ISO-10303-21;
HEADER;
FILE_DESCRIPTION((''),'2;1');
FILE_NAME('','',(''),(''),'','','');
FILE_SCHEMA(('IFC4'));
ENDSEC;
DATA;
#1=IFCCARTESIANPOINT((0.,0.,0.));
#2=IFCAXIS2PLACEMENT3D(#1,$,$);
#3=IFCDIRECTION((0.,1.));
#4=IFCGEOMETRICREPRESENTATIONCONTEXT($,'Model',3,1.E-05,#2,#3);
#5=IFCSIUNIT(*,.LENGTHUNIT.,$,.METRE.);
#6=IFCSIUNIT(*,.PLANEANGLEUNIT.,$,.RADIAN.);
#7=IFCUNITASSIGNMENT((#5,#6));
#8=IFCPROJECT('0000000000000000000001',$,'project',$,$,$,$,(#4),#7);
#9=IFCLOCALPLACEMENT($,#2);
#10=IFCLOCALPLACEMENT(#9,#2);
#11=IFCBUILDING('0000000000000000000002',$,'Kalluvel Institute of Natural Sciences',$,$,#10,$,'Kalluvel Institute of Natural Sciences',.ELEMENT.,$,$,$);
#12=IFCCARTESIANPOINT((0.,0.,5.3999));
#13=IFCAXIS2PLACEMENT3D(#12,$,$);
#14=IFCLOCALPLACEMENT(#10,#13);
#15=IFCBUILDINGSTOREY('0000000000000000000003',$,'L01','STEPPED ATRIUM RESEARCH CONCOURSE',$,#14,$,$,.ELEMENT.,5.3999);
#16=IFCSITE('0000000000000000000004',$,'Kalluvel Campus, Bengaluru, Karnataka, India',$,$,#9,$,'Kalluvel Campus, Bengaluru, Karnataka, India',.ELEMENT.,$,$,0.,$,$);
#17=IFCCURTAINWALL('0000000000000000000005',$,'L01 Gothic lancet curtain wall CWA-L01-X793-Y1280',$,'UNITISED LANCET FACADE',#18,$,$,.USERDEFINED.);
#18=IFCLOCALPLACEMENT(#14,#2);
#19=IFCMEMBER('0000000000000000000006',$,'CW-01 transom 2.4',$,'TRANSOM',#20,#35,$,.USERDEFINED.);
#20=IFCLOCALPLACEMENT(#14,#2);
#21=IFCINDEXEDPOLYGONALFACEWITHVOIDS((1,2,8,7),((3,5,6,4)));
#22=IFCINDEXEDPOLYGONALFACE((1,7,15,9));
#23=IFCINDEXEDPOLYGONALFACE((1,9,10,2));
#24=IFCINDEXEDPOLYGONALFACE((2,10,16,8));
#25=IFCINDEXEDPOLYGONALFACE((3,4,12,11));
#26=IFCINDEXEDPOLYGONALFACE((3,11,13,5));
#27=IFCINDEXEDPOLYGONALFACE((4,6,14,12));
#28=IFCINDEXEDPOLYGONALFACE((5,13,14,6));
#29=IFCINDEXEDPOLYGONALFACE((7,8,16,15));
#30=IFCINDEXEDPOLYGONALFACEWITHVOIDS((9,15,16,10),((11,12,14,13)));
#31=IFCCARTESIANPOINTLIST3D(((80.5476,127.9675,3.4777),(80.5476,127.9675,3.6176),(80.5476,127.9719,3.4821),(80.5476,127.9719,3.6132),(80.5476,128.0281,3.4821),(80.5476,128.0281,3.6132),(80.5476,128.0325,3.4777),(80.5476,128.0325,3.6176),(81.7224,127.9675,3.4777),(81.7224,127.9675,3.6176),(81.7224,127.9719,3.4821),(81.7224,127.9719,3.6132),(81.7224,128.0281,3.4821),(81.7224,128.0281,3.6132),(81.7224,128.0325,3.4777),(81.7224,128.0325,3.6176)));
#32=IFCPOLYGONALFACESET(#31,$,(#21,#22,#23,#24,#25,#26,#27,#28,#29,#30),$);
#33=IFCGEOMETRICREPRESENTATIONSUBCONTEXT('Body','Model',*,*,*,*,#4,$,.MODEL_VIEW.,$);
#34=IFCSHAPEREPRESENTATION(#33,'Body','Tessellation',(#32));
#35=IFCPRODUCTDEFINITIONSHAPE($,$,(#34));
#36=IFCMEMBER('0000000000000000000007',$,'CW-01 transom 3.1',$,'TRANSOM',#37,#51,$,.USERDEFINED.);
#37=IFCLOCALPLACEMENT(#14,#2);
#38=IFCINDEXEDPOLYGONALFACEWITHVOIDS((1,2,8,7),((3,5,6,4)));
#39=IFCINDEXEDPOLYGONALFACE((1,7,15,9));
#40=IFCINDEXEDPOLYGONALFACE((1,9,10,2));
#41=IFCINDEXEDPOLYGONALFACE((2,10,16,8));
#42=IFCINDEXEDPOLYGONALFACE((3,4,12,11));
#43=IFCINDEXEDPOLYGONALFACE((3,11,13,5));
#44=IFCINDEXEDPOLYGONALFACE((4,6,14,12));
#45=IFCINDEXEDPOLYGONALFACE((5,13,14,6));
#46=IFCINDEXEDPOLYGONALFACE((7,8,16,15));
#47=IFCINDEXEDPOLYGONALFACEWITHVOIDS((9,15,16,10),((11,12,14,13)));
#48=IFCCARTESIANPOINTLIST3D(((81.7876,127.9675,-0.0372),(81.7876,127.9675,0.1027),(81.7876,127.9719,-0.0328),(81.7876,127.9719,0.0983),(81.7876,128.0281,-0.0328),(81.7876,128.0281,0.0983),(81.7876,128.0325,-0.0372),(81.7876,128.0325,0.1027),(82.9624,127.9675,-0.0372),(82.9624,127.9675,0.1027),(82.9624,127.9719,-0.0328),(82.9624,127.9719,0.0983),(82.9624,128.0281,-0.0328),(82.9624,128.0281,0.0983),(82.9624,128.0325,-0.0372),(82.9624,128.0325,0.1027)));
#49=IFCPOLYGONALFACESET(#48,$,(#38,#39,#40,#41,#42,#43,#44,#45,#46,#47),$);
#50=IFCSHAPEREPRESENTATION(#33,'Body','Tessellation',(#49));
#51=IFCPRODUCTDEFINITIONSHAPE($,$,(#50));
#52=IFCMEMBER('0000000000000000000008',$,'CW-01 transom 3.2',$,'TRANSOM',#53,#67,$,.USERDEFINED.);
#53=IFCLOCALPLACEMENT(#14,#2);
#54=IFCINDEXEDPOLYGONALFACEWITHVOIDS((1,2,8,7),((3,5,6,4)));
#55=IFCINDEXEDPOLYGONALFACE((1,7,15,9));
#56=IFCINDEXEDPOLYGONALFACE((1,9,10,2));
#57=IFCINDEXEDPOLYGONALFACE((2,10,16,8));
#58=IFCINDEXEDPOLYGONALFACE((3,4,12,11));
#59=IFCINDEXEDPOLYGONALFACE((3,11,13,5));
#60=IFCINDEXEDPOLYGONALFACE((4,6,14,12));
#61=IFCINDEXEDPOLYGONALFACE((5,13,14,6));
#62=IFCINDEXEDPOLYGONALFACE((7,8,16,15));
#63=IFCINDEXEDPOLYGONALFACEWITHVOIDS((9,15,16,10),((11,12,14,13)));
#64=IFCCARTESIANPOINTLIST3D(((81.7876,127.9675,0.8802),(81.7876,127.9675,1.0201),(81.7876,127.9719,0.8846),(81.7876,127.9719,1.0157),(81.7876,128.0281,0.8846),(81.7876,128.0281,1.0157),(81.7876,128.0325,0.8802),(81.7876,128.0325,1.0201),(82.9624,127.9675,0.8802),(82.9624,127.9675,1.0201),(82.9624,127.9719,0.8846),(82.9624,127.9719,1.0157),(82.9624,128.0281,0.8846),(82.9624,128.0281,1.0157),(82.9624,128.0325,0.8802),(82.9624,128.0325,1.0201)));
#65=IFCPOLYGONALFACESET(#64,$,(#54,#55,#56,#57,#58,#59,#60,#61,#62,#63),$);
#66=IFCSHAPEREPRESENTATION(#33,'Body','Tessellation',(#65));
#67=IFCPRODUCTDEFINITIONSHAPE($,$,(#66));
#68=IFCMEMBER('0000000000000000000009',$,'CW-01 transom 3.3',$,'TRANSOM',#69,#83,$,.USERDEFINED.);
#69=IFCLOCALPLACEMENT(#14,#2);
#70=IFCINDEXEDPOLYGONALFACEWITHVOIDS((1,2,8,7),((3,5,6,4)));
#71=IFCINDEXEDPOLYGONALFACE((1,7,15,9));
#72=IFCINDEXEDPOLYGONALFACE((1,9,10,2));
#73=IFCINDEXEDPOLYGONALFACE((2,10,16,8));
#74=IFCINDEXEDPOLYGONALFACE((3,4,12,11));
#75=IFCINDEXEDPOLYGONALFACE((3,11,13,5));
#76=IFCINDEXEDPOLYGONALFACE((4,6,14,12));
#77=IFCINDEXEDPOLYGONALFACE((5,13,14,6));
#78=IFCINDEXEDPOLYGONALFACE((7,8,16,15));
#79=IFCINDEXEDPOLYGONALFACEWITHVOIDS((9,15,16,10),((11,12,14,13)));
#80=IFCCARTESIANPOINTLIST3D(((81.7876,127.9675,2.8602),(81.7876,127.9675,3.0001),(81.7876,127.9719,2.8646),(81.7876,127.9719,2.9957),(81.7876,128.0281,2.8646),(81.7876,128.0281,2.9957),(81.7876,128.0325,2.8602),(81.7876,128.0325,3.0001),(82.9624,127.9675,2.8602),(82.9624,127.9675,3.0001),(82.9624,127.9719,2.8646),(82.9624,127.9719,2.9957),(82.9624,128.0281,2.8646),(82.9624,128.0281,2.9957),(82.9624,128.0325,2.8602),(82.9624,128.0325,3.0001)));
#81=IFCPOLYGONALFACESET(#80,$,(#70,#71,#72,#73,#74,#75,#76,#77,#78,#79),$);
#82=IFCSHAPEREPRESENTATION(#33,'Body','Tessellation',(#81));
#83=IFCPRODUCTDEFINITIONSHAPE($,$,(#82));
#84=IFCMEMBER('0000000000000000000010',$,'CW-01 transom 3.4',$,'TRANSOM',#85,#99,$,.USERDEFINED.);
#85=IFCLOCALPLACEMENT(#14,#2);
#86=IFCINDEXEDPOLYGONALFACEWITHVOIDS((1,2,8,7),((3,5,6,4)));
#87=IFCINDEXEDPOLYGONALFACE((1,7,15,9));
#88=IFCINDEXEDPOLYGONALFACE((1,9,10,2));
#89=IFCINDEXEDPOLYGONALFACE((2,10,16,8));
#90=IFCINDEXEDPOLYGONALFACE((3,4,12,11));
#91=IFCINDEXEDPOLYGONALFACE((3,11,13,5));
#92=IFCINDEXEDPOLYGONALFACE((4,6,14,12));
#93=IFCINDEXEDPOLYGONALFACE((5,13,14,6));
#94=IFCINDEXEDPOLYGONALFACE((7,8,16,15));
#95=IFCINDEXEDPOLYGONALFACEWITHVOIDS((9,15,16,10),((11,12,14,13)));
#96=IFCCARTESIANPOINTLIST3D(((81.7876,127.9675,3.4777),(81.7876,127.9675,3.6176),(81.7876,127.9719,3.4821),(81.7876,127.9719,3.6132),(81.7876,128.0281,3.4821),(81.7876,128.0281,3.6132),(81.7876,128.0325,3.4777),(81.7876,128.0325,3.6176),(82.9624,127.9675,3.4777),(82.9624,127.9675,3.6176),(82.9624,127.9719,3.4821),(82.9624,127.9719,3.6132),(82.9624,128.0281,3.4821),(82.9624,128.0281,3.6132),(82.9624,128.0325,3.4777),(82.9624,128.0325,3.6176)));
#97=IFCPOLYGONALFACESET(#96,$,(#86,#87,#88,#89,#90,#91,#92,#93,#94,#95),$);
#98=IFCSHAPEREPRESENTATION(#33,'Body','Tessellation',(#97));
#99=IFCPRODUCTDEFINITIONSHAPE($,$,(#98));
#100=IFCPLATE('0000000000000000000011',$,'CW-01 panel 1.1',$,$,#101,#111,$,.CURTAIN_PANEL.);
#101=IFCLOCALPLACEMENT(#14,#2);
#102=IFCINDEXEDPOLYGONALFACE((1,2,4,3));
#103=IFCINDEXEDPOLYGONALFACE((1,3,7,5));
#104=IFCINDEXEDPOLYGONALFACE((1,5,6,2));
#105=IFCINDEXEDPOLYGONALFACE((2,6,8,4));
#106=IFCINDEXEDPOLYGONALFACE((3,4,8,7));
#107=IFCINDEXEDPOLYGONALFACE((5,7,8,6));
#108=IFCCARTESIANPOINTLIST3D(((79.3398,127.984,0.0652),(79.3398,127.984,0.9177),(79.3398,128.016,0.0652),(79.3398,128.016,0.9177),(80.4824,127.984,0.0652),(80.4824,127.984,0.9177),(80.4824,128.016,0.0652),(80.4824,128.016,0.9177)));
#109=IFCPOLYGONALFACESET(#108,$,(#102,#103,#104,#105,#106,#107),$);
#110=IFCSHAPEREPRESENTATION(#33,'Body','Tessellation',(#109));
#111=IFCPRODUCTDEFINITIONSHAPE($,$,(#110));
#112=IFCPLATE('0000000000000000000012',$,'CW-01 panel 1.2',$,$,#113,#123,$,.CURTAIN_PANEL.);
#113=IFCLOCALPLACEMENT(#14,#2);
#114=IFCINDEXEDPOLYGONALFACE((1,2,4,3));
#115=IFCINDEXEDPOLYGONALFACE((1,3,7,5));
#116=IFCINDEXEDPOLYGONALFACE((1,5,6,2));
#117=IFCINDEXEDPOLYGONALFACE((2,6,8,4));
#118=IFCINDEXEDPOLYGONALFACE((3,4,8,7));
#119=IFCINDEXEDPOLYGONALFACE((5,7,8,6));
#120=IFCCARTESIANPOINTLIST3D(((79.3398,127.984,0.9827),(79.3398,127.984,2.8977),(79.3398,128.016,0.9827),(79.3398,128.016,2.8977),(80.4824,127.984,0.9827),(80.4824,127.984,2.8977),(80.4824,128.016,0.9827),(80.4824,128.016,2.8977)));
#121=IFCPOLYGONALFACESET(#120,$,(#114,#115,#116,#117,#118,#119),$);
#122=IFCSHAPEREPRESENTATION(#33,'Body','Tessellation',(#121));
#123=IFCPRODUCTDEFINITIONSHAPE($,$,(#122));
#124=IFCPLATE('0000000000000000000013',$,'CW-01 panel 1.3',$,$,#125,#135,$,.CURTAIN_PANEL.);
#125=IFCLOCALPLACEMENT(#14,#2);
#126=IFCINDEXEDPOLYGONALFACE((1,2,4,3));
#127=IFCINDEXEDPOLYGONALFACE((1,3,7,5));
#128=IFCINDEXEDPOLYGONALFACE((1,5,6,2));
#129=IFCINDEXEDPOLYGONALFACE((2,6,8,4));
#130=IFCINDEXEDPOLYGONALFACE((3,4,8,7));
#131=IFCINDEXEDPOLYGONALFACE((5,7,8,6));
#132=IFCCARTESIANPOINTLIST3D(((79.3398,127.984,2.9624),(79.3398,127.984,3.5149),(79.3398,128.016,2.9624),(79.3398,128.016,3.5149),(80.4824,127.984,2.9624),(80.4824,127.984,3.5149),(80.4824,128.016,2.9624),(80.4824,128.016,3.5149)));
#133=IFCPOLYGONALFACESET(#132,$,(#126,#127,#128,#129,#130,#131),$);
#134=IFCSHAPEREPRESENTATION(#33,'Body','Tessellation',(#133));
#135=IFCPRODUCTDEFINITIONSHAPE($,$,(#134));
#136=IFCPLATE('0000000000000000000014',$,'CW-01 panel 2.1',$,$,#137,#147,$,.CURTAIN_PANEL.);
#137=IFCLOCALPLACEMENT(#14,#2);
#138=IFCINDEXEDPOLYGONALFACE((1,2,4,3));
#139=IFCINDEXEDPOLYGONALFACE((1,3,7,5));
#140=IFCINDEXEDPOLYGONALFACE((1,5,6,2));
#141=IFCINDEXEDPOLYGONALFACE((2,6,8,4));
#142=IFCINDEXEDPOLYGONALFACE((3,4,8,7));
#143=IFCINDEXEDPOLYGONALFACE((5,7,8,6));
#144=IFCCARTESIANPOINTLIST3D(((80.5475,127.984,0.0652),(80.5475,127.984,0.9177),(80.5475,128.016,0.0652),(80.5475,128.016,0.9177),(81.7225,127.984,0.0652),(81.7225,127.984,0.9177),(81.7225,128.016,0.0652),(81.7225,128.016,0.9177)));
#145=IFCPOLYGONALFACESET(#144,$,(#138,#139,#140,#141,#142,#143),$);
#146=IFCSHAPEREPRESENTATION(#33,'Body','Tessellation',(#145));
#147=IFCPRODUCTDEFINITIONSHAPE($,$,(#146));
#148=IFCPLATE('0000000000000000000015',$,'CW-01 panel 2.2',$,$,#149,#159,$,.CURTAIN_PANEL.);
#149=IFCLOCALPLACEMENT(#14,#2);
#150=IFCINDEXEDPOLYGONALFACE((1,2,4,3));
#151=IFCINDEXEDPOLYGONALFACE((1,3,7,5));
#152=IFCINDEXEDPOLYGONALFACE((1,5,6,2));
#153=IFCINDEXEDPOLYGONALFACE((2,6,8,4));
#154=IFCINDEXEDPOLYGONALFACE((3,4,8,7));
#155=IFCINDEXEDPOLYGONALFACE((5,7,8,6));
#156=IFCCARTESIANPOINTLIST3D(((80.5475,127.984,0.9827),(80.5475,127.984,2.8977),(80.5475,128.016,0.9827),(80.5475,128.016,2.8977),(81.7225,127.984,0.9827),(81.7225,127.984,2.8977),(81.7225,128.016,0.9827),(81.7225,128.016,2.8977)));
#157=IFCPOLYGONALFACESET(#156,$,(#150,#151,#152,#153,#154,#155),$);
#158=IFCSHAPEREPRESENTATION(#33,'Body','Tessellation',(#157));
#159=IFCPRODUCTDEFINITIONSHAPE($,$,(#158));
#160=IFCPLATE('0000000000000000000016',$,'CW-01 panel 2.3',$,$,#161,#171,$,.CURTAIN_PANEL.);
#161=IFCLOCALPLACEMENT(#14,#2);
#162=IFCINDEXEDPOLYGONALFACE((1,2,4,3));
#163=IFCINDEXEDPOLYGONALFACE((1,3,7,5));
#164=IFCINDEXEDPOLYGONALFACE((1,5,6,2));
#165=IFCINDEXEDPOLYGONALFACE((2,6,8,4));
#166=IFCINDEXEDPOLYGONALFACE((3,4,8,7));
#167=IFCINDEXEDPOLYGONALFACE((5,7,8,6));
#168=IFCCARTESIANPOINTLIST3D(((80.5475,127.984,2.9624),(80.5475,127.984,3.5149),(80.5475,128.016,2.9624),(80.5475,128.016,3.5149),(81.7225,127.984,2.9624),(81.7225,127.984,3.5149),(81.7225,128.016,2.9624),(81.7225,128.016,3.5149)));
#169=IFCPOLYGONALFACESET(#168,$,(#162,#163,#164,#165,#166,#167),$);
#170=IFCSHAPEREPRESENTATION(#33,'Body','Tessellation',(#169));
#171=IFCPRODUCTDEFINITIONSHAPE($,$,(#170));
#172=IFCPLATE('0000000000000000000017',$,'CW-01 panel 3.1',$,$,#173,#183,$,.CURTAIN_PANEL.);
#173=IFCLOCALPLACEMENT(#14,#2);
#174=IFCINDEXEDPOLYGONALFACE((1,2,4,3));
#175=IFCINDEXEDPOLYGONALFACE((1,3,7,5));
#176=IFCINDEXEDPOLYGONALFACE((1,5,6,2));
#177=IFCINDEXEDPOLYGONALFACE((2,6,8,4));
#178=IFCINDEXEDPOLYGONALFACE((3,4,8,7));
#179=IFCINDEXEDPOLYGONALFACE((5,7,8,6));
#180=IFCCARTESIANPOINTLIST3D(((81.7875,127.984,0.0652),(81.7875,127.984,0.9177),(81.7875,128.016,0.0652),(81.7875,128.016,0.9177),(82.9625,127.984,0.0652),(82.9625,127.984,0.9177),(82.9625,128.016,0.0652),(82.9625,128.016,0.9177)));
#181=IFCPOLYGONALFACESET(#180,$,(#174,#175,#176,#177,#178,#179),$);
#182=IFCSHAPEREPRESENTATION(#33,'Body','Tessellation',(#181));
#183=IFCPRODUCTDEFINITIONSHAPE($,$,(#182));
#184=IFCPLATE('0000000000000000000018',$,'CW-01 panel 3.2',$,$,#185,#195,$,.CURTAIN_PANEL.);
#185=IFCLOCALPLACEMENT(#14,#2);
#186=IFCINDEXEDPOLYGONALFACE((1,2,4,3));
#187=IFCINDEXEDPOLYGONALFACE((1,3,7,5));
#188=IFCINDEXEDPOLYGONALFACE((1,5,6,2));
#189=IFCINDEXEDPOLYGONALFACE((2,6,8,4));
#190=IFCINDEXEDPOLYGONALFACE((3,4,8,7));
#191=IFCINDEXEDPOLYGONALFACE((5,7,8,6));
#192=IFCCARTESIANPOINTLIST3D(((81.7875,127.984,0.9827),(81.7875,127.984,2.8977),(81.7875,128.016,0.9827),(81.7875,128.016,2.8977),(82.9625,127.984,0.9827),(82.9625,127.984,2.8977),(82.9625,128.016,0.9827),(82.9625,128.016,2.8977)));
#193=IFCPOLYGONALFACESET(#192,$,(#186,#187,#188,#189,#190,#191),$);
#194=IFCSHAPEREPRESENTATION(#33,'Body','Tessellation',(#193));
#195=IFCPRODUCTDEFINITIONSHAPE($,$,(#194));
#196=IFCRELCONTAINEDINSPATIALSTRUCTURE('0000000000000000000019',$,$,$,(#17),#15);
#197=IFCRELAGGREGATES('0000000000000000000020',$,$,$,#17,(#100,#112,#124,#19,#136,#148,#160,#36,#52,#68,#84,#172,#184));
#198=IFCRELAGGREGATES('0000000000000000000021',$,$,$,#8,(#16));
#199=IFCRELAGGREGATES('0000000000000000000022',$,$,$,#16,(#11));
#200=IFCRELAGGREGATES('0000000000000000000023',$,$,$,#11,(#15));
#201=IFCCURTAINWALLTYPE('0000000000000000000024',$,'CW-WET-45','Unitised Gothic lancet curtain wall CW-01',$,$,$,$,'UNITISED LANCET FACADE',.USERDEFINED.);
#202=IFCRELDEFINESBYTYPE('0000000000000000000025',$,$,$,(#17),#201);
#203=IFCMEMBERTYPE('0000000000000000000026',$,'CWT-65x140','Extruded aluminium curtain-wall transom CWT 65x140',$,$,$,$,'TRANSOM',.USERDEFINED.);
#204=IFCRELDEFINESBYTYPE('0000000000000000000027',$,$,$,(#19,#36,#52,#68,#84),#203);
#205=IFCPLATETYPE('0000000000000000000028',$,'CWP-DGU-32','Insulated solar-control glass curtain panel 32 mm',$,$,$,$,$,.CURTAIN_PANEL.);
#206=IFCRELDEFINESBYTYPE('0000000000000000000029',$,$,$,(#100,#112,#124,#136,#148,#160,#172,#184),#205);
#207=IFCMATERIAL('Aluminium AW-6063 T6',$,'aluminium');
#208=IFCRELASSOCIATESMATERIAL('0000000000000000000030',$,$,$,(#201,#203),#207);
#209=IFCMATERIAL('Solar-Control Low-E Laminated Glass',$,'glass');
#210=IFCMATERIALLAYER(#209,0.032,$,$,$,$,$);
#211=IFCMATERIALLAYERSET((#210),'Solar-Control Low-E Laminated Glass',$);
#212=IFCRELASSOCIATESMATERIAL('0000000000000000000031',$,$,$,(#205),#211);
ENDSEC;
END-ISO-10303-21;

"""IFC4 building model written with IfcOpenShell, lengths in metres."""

from ifc_helpers import new_model, si_unit, direction, frame, origin, origin_2d, place, context, subcontext, project, spatial, rectangle, hollow_rectangle, extrude, material, layer, layer_set, material_profile, profile_set, type_object, element, aggregate, save


model = new_model("IFC4")

# Units and contexts
model_context = context("Model", 3, precision=1e-05, world=origin(), true_north=direction((0.0, 1.0)))
body_context = subcontext(model_context, "Body", "Model", "MODEL_VIEW")
ifc_project = project(units=[si_unit("LENGTHUNIT", "METRE"), si_unit("PLANEANGLEUNIT", "RADIAN")], contexts=[model_context])

# Site, building, storey
site_placement = place(None, origin())
site = spatial("IfcSite", under=ifc_project, at=site_placement, Name="Kalluvel Campus, Bengaluru, Karnataka, India", LongName="Kalluvel Campus, Bengaluru, Karnataka, India", CompositionType="ELEMENT", RefElevation=0.0)
building_placement = place(site_placement, origin())
building = spatial("IfcBuilding", under=site, at=building_placement, Name="Kalluvel Institute of Natural Sciences", LongName="Kalluvel Institute of Natural Sciences", CompositionType="ELEMENT")
storey_placement = place(building_placement, frame((0.0, 0.0, 5.3999)))
storey = spatial("IfcBuildingStorey", under=building, at=storey_placement, Name="L01", Description="STEPPED ATRIUM RESEARCH CONCOURSE", CompositionType="ELEMENT", Elevation=5.3999)

# Curtain wall, members, plates
ifc_material_1 = material(Name="Aluminium AW-6063 T6", Category="aluminium")
curtain_wall_type = type_object("IfcCurtainWallType", Name="CW-WET-45", Description="Unitised Gothic lancet curtain wall CW-01", ElementType="UNITISED LANCET FACADE", PredefinedType="USERDEFINED", material=ifc_material_1)
curtain_wall_placement = place(storey_placement, origin())
curtain_wall = element("IfcCurtainWall", 1, at=curtain_wall_placement, inside=storey, type_object=curtain_wall_type, Name="L01 Gothic lancet curtain wall CWA-L01-X793-Y1280", ObjectType="UNITISED LANCET FACADE", PredefinedType="USERDEFINED")
ifc_material_profile_1 = material_profile(ifc_material_1, hollow_rectangle(XDim=0.0649, YDim=0.1399, WallThickness=0.0044, at=origin_2d()), Name="CWT 65x140")
ifc_profile_set_1 = profile_set([ifc_material_profile_1], Name="Aluminium AW-6063 T6")
member_type_1 = type_object("IfcMemberType", Name="CWT-65x140", Description="Extruded aluminium curtain-wall transom CWT 65x140", ElementType="TRANSOM", PredefinedType="USERDEFINED", material=ifc_profile_set_1)
member_1_placement = place(storey_placement, frame((80.5476, 128.0, 3.5476), z_axis=(1.0, 0.0, 0.0), x_axis=(0.0, 1.0, 0.0)))
member_1 = element("IfcMember", 2, at=member_1_placement, type_object=member_type_1, Name="CW-01 transom 2.4", ObjectType="TRANSOM", PredefinedType="USERDEFINED", context=body_context, shape_type="SweptSolid", body=[
    extrude(hollow_rectangle(XDim=0.0649, YDim=0.1399, WallThickness=0.0044, at=origin_2d()), origin(), (0.0, 0.0, 1.0), 1.1748),
])
member_2_placement = place(storey_placement, frame((81.7876, 128.0, 0.0327), z_axis=(1.0, 0.0, 0.0), x_axis=(0.0, 1.0, 0.0)))
member_2 = element("IfcMember", 3, at=member_2_placement, type_object=member_type_1, Name="CW-01 transom 3.1", ObjectType="TRANSOM", PredefinedType="USERDEFINED", context=body_context, shape_type="SweptSolid", body=[
    extrude(hollow_rectangle(XDim=0.0649, YDim=0.1399, WallThickness=0.0044, at=origin_2d()), origin(), (0.0, 0.0, 1.0), 1.1748),
])
member_3_placement = place(storey_placement, frame((81.7876, 128.0, 0.9502), z_axis=(1.0, 0.0, 0.0), x_axis=(0.0, 1.0, 0.0)))
member_3 = element("IfcMember", 4, at=member_3_placement, type_object=member_type_1, Name="CW-01 transom 3.2", ObjectType="TRANSOM", PredefinedType="USERDEFINED", context=body_context, shape_type="SweptSolid", body=[
    extrude(hollow_rectangle(XDim=0.0649, YDim=0.1399, WallThickness=0.0044, at=origin_2d()), origin(), (0.0, 0.0, 1.0), 1.1748),
])
member_4_placement = place(storey_placement, frame((81.7876, 128.0, 2.9302), z_axis=(1.0, 0.0, 0.0), x_axis=(0.0, 1.0, 0.0)))
member_4 = element("IfcMember", 5, at=member_4_placement, type_object=member_type_1, Name="CW-01 transom 3.3", ObjectType="TRANSOM", PredefinedType="USERDEFINED", context=body_context, shape_type="SweptSolid", body=[
    extrude(hollow_rectangle(XDim=0.0649, YDim=0.1399, WallThickness=0.0044, at=origin_2d()), origin(), (0.0, 0.0, 1.0), 1.1748),
])
member_5_placement = place(storey_placement, frame((81.7876, 128.0, 3.5476), z_axis=(1.0, 0.0, 0.0), x_axis=(0.0, 1.0, 0.0)))
member_5 = element("IfcMember", 6, at=member_5_placement, type_object=member_type_1, Name="CW-01 transom 3.4", ObjectType="TRANSOM", PredefinedType="USERDEFINED", context=body_context, shape_type="SweptSolid", body=[
    extrude(hollow_rectangle(XDim=0.0649, YDim=0.1399, WallThickness=0.0044, at=origin_2d()), origin(), (0.0, 0.0, 1.0), 1.1748),
])
ifc_material_2 = material(Name="Solar-Control Low-E Laminated Glass", Category="glass")
ifc_layer_1 = layer(ifc_material_2, 0.032)
ifc_layer_set_1 = layer_set([ifc_layer_1], Name="Solar-Control Low-E Laminated Glass")
plate_type = type_object("IfcPlateType", Name="CWP-DGU-32", Description="Insulated solar-control glass curtain panel 32 mm", PredefinedType="CURTAIN_PANEL", material=ifc_layer_set_1)
plate_1_placement = place(storey_placement, frame((79.9111, 128.0, 0.0652), z_axis=(0.0, 0.0, 1.0), x_axis=(1.0, 0.0, 0.0)))
plate_1 = element("IfcPlate", 7, at=plate_1_placement, type_object=plate_type, Name="CW-01 panel 1.1", PredefinedType="CURTAIN_PANEL", context=body_context, shape_type="SweptSolid", body=[
    extrude(rectangle(XDim=1.1426, YDim=0.032, at=origin_2d()), origin(), (0.0, 0.0, 1.0), 0.8525),
])
plate_2_placement = place(storey_placement, frame((79.9111, 128.0, 0.9827), z_axis=(0.0, 0.0, 1.0), x_axis=(1.0, 0.0, 0.0)))
plate_2 = element("IfcPlate", 8, at=plate_2_placement, type_object=plate_type, Name="CW-01 panel 1.2", PredefinedType="CURTAIN_PANEL", context=body_context, shape_type="SweptSolid", body=[
    extrude(rectangle(XDim=1.1426, YDim=0.032, at=origin_2d()), origin(), (0.0, 0.0, 1.0), 1.915),
])
plate_3_placement = place(storey_placement, frame((79.9111, 128.0, 2.9624), z_axis=(0.0, 0.0, 1.0), x_axis=(1.0, 0.0, 0.0)))
plate_3 = element("IfcPlate", 9, at=plate_3_placement, type_object=plate_type, Name="CW-01 panel 1.3", PredefinedType="CURTAIN_PANEL", context=body_context, shape_type="SweptSolid", body=[
    extrude(rectangle(XDim=1.1426, YDim=0.032, at=origin_2d()), origin(), (0.0, 0.0, 1.0), 0.5525),
])
plate_4_placement = place(storey_placement, frame((81.135, 128.0, 0.0652), z_axis=(0.0, 0.0, 1.0), x_axis=(1.0, 0.0, 0.0)))
plate_4 = element("IfcPlate", 10, at=plate_4_placement, type_object=plate_type, Name="CW-01 panel 2.1", PredefinedType="CURTAIN_PANEL", context=body_context, shape_type="SweptSolid", body=[
    extrude(rectangle(XDim=1.175, YDim=0.032, at=origin_2d()), origin(), (0.0, 0.0, 1.0), 0.8525),
])
plate_5_placement = place(storey_placement, frame((81.135, 128.0, 0.9827), z_axis=(0.0, 0.0, 1.0), x_axis=(1.0, 0.0, 0.0)))
plate_5 = element("IfcPlate", 11, at=plate_5_placement, type_object=plate_type, Name="CW-01 panel 2.2", PredefinedType="CURTAIN_PANEL", context=body_context, shape_type="SweptSolid", body=[
    extrude(rectangle(XDim=1.175, YDim=0.032, at=origin_2d()), origin(), (0.0, 0.0, 1.0), 1.915),
])
plate_6_placement = place(storey_placement, frame((81.135, 128.0, 2.9624), z_axis=(0.0, 0.0, 1.0), x_axis=(1.0, 0.0, 0.0)))
plate_6 = element("IfcPlate", 12, at=plate_6_placement, type_object=plate_type, Name="CW-01 panel 2.3", PredefinedType="CURTAIN_PANEL", context=body_context, shape_type="SweptSolid", body=[
    extrude(rectangle(XDim=1.175, YDim=0.032, at=origin_2d()), origin(), (0.0, 0.0, 1.0), 0.5525),
])
plate_7_placement = place(storey_placement, frame((82.375, 128.0, 0.0652), z_axis=(0.0, 0.0, 1.0), x_axis=(1.0, 0.0, 0.0)))
plate_7 = element("IfcPlate", 13, at=plate_7_placement, type_object=plate_type, Name="CW-01 panel 3.1", PredefinedType="CURTAIN_PANEL", context=body_context, shape_type="SweptSolid", body=[
    extrude(rectangle(XDim=1.175, YDim=0.032, at=origin_2d()), origin(), (0.0, 0.0, 1.0), 0.8525),
])
plate_8_placement = place(storey_placement, frame((82.375, 128.0, 0.9827), z_axis=(0.0, 0.0, 1.0), x_axis=(1.0, 0.0, 0.0)))
plate_8 = element("IfcPlate", 14, at=plate_8_placement, type_object=plate_type, Name="CW-01 panel 3.2", PredefinedType="CURTAIN_PANEL", context=body_context, shape_type="SweptSolid", body=[
    extrude(rectangle(XDim=1.175, YDim=0.032, at=origin_2d()), origin(), (0.0, 0.0, 1.0), 1.915),
])
aggregate(curtain_wall, [plate_1, plate_2, plate_3, member_1, plate_4, plate_5, plate_6, member_2, member_3, member_4, member_5, plate_7, plate_8])

save(model, "model.ifc")
